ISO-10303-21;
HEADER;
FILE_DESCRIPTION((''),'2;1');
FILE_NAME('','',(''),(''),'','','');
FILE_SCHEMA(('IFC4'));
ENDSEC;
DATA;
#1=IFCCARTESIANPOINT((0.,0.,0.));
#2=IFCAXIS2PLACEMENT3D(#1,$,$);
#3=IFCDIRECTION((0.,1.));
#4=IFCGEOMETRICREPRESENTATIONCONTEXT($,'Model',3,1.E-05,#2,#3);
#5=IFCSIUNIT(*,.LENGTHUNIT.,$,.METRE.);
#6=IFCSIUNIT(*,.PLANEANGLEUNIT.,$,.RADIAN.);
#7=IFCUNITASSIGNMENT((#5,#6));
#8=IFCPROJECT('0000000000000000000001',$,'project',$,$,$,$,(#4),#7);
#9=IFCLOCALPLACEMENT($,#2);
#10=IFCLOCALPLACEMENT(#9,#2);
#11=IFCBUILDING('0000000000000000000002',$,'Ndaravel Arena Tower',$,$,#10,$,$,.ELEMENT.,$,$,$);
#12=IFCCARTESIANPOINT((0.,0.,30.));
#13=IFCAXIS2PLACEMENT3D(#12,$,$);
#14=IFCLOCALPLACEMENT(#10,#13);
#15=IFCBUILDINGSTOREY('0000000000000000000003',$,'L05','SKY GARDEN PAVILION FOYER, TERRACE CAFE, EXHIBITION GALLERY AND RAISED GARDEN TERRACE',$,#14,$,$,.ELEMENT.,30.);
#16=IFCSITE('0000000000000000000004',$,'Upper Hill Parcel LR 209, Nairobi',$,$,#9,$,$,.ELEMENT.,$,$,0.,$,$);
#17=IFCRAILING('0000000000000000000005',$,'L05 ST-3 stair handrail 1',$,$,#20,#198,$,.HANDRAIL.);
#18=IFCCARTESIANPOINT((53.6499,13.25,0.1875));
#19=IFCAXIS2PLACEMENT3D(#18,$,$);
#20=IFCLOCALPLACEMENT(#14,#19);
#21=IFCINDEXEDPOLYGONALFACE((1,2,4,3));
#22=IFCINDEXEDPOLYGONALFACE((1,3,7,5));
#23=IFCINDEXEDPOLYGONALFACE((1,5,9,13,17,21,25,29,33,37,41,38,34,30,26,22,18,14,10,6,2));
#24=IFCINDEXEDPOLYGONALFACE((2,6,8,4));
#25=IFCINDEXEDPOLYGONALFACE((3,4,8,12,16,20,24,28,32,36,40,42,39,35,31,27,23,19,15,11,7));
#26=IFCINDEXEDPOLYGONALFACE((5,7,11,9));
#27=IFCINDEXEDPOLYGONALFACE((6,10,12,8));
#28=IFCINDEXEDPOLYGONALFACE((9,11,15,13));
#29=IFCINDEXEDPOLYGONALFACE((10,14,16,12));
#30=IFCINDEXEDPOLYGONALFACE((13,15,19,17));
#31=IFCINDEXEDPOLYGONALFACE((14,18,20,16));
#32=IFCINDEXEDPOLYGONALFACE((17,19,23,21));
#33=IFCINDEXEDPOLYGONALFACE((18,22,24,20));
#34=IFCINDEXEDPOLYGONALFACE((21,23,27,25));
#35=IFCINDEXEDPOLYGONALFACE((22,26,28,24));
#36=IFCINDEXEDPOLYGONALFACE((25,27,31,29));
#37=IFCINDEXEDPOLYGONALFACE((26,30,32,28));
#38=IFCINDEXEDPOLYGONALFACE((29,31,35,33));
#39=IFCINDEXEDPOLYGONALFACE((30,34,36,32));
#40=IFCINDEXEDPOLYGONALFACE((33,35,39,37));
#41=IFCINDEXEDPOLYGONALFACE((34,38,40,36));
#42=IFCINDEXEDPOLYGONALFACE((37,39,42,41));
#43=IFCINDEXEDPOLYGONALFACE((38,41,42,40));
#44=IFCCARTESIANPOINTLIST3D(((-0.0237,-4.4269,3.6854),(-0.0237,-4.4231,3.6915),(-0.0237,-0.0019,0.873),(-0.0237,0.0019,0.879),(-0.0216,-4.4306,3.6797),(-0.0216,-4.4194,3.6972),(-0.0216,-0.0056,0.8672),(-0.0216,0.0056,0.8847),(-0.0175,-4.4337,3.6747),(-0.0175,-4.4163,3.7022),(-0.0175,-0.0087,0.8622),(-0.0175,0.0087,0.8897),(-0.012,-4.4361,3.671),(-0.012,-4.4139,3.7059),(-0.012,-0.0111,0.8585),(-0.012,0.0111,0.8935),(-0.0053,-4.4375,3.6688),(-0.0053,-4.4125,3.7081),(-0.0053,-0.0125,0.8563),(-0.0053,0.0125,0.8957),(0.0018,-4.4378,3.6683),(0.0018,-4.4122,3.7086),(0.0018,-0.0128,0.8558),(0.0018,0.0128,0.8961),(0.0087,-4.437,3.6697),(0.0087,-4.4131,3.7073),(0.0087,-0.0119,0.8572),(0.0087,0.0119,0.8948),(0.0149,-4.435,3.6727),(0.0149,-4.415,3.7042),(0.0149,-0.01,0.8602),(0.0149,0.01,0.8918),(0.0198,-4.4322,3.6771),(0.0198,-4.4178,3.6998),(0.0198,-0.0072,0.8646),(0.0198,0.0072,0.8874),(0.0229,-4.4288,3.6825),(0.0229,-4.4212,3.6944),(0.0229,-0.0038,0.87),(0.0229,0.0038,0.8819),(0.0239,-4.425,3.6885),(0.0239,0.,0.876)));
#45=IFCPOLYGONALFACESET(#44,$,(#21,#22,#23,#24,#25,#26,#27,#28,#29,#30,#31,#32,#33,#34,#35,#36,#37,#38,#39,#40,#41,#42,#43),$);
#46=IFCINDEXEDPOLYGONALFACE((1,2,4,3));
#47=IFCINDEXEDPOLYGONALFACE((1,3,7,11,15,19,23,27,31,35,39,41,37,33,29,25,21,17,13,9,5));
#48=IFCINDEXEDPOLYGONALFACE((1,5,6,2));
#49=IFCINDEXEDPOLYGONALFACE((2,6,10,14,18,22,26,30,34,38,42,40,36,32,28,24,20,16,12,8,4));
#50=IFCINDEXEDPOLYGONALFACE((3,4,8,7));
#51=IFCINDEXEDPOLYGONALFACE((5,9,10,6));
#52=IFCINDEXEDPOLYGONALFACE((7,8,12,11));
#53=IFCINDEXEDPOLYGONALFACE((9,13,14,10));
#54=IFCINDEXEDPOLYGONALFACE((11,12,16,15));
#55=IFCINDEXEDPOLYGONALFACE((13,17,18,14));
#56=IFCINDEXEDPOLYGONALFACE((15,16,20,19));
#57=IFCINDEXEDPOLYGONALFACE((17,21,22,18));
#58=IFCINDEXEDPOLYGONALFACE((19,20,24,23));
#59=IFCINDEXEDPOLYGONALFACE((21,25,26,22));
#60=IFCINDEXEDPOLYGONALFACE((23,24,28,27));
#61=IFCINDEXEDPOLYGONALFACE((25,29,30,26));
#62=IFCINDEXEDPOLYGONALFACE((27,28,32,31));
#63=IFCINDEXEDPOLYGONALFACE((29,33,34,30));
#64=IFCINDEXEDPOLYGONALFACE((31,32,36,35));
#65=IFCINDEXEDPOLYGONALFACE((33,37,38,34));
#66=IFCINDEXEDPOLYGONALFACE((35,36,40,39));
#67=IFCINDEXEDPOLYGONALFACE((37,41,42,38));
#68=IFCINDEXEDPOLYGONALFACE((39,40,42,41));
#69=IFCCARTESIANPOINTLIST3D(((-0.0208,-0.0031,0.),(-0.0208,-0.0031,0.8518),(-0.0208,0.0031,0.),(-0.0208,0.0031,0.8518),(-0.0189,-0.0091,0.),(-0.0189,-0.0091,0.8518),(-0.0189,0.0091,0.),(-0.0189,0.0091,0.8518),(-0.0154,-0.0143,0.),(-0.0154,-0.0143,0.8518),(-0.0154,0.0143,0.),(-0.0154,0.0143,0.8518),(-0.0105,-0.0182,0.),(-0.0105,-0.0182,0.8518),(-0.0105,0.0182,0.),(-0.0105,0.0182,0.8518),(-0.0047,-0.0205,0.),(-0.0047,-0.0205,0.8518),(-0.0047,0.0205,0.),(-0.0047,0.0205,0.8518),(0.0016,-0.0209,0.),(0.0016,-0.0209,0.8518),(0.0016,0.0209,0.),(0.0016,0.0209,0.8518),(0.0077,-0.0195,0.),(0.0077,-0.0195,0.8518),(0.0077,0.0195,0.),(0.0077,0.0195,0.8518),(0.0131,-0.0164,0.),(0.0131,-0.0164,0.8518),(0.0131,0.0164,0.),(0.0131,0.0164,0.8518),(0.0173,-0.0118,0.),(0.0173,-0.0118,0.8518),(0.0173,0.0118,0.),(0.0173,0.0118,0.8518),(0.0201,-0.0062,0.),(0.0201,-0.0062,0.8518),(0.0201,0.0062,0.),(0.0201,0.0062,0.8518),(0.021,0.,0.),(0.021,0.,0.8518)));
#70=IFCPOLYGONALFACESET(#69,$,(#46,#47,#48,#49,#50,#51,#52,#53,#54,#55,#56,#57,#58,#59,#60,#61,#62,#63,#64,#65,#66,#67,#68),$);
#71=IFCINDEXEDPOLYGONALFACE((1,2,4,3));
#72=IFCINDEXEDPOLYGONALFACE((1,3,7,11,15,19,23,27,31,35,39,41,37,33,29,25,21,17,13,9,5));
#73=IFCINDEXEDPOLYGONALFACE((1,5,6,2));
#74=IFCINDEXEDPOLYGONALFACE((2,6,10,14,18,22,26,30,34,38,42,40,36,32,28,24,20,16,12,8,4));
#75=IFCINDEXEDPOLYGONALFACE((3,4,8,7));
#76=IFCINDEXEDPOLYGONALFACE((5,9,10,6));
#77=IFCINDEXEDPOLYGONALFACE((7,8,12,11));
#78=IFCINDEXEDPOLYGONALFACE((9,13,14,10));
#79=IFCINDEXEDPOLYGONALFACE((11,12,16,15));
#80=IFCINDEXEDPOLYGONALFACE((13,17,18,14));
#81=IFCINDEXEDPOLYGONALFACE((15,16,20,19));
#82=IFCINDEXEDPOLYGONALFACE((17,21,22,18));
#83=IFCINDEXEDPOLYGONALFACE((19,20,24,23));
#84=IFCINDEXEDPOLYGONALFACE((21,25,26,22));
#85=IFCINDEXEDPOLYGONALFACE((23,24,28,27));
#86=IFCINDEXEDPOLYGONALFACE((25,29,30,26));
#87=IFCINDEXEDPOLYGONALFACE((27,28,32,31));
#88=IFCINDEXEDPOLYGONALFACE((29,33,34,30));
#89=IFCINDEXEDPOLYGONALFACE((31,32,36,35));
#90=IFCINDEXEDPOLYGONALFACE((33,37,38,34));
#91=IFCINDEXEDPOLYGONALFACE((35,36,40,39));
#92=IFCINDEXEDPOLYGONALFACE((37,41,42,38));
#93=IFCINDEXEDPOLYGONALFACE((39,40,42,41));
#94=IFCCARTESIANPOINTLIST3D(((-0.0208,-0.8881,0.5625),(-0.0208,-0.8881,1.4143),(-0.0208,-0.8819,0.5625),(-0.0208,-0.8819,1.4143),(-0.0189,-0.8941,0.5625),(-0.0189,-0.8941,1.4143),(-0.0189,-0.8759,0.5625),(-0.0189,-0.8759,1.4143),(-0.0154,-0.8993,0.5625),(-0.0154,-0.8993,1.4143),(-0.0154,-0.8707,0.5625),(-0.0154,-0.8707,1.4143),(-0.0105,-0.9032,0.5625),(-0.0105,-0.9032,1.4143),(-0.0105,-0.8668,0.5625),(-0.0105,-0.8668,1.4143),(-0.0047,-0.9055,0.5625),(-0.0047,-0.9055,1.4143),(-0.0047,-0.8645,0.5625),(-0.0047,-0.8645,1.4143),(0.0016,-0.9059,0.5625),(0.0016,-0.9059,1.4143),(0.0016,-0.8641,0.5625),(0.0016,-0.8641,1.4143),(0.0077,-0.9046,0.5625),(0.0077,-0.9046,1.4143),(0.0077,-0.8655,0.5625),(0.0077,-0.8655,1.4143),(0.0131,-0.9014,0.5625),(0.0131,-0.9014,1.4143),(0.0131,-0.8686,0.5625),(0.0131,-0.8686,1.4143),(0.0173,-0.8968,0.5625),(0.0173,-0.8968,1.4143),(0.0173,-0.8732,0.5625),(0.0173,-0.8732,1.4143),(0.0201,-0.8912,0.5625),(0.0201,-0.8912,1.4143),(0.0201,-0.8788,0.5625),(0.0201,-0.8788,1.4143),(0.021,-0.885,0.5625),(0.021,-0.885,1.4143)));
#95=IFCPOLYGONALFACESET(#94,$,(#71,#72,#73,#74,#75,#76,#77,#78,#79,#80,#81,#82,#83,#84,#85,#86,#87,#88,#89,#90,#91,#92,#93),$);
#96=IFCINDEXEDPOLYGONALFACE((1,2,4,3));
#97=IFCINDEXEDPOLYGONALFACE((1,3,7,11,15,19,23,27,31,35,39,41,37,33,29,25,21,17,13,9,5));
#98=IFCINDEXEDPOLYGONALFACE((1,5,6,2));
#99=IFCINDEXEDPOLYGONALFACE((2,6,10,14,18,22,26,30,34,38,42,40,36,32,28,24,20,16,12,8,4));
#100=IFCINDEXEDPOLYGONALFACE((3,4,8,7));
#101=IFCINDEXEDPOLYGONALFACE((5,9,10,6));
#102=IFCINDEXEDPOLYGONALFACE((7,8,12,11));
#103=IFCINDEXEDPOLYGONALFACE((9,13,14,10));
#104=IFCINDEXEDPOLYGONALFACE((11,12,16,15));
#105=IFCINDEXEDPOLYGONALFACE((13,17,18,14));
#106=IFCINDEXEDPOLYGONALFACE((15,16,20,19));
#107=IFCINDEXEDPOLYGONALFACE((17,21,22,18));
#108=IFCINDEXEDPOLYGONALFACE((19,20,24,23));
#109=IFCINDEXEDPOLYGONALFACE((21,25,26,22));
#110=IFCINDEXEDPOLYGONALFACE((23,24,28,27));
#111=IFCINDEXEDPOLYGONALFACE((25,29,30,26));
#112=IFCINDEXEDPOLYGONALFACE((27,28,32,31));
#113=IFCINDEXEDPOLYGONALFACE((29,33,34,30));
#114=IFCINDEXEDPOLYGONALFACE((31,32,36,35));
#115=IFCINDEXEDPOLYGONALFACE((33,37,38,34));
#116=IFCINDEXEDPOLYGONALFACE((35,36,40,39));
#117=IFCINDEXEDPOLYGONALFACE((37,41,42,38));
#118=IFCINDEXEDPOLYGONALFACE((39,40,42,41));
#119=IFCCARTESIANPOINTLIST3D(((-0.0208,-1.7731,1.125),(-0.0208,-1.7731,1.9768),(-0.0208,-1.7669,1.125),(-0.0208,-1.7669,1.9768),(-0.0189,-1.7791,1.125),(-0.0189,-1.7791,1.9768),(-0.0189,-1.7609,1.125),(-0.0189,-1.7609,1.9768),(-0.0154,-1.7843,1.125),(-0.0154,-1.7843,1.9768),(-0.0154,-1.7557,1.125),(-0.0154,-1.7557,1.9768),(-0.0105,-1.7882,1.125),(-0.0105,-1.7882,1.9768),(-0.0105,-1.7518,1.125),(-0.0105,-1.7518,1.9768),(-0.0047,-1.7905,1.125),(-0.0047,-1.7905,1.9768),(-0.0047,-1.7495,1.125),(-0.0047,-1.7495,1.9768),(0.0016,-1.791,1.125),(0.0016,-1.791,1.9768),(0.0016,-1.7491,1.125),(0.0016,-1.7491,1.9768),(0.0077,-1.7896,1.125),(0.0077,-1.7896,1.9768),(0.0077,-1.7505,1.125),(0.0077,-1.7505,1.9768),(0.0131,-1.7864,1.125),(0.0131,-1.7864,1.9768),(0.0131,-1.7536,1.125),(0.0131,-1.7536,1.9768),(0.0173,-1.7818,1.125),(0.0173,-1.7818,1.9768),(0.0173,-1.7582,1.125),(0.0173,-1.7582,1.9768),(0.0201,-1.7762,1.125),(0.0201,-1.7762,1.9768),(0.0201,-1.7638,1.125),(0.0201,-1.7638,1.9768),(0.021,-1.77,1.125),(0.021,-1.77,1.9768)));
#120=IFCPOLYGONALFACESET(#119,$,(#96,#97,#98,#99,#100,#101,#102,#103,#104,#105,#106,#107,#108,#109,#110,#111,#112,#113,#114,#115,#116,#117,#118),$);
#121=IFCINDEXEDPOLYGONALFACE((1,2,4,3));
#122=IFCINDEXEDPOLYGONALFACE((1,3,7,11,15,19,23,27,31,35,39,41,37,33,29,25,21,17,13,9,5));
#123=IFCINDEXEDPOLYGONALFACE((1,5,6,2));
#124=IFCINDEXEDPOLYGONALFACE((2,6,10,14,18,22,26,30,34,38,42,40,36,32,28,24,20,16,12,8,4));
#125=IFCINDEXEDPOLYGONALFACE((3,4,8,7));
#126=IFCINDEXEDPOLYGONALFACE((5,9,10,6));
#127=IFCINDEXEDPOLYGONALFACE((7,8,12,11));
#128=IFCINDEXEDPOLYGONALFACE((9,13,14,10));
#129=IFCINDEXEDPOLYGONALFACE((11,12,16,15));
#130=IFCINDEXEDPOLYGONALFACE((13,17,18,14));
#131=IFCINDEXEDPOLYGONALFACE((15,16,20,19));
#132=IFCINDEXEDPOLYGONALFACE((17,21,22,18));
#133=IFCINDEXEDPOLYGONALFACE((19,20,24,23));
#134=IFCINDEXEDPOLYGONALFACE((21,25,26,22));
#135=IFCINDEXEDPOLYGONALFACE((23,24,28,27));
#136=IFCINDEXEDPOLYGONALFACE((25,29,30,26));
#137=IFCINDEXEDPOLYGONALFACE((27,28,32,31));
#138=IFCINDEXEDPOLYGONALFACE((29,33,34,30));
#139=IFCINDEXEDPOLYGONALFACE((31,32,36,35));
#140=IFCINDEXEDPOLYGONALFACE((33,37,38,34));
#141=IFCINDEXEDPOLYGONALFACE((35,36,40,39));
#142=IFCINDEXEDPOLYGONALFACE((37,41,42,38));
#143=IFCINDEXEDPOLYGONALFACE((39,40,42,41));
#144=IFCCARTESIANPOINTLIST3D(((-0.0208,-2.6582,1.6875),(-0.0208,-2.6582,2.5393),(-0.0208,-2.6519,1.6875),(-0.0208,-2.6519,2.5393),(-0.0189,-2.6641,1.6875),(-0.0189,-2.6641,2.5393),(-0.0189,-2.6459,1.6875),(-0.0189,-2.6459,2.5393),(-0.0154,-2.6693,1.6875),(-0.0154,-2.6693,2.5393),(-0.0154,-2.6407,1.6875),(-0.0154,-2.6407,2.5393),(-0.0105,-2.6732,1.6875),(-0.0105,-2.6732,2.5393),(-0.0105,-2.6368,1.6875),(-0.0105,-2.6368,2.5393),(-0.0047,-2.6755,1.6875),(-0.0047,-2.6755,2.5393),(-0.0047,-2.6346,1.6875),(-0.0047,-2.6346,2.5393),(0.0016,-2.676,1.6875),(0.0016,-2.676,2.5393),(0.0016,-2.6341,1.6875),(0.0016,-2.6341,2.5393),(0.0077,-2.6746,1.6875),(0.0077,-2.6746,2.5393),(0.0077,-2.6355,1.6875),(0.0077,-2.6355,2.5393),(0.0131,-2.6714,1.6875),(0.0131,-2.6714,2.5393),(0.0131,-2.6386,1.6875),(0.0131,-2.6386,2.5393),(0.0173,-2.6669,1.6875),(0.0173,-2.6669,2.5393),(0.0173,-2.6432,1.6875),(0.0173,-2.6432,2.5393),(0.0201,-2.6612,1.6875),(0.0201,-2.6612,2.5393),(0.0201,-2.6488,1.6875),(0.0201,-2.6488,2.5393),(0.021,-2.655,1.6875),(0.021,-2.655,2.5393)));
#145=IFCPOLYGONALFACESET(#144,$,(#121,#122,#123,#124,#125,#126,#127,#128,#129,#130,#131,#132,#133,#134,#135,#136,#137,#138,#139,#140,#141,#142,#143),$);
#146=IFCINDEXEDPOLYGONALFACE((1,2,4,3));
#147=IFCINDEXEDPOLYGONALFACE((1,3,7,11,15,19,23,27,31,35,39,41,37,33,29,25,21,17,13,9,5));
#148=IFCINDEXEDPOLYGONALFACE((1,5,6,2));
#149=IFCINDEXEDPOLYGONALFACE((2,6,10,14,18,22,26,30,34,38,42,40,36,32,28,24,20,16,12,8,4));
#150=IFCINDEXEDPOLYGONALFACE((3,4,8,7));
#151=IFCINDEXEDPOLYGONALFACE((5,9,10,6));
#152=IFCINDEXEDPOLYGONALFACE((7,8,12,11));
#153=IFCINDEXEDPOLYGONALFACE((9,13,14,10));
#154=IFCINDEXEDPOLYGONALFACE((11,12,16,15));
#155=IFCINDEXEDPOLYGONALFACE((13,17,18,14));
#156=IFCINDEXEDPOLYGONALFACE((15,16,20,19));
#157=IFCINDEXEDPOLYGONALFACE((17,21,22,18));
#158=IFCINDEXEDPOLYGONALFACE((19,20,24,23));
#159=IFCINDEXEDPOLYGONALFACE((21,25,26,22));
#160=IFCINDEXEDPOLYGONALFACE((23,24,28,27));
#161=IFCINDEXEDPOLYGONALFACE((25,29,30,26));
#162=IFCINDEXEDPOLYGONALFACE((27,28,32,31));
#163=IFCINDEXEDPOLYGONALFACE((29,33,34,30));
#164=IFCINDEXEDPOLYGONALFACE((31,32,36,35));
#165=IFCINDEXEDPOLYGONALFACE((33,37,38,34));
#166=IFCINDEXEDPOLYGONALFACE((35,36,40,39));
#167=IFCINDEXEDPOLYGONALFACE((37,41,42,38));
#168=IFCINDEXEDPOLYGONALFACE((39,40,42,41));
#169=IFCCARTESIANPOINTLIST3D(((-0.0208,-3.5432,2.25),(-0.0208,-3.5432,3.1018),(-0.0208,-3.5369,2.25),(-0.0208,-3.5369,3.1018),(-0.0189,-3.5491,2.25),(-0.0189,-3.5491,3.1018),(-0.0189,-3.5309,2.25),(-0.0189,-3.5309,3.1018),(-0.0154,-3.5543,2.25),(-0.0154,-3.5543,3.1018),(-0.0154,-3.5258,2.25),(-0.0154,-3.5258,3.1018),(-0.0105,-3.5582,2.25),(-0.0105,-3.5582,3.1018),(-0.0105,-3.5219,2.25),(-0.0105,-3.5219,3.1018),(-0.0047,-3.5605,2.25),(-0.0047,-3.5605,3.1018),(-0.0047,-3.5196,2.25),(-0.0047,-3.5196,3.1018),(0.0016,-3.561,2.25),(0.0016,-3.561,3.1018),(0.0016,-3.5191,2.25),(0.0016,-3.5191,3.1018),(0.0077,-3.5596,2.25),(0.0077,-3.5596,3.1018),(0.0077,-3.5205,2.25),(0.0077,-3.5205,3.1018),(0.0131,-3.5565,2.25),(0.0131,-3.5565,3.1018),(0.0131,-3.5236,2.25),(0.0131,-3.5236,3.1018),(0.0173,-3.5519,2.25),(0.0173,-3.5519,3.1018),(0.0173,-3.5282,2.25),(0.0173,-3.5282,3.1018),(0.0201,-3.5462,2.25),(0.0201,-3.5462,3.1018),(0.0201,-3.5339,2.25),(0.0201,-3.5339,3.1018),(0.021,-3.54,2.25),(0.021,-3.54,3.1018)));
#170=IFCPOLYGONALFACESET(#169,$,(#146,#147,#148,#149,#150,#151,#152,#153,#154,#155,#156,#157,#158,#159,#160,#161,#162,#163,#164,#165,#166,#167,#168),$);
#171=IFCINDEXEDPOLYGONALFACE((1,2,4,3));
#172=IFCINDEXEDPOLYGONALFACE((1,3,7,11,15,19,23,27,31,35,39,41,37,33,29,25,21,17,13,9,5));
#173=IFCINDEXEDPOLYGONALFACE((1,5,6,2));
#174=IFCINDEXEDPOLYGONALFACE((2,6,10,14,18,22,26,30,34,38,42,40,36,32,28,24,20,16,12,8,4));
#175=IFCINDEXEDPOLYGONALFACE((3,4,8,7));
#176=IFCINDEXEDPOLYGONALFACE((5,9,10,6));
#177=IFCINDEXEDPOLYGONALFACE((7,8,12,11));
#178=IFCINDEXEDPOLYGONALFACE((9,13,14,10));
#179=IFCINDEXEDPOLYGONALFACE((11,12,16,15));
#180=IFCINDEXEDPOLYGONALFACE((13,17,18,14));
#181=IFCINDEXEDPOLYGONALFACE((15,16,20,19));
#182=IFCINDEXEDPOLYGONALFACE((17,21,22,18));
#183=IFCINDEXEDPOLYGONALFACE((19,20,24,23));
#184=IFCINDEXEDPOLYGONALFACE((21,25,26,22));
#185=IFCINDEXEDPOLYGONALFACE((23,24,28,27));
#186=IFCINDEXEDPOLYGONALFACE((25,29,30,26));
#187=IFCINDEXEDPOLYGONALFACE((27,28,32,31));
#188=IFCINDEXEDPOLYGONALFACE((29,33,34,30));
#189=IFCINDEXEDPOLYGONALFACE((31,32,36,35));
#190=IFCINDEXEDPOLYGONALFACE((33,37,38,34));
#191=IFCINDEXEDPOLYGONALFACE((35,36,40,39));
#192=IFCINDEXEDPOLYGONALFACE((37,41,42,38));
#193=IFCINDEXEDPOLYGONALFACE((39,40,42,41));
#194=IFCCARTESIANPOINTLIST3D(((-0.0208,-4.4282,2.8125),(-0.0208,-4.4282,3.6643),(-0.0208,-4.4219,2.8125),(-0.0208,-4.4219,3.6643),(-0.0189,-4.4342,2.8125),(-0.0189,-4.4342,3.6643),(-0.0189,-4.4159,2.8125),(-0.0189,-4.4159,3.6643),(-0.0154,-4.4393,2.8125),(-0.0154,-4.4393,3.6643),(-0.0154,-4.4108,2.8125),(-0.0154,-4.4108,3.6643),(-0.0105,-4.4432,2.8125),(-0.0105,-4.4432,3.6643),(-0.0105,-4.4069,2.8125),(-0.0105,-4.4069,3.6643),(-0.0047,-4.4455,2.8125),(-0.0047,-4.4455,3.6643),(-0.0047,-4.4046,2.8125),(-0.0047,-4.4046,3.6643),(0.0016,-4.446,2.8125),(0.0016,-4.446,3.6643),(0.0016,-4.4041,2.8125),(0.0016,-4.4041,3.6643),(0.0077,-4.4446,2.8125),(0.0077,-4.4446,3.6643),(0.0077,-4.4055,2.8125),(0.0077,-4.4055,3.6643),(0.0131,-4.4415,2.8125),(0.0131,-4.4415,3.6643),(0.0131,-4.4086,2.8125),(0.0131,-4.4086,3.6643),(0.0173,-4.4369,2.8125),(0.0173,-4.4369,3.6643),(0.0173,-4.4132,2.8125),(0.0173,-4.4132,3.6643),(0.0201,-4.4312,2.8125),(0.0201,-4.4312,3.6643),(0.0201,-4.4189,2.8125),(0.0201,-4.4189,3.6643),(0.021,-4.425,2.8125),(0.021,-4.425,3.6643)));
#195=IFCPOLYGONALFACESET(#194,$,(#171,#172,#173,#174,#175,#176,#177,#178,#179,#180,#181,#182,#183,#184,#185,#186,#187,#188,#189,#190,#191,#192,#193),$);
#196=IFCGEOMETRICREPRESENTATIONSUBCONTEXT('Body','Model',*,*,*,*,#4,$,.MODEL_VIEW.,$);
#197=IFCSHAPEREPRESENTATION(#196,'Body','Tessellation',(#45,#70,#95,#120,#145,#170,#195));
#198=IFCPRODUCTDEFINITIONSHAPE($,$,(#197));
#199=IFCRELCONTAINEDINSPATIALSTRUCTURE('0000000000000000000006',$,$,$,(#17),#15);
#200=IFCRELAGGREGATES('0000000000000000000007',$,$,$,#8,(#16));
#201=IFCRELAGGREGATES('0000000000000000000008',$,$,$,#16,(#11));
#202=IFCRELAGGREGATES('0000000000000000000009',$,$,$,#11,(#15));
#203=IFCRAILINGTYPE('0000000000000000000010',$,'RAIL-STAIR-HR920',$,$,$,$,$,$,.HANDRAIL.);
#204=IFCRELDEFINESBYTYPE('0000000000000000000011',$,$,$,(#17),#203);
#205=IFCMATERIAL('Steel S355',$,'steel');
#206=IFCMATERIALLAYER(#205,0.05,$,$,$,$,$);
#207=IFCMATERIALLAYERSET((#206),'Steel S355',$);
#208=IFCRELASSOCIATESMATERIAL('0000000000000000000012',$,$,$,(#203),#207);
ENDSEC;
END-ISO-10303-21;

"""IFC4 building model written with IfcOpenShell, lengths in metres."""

from ifc_helpers import new_model, si_unit, direction, frame, origin, origin_2d, place, context, subcontext, project, spatial, circle, extrude, material, layer, layer_set, type_object, element, save


model = new_model("IFC4")

# Units and contexts
model_context = context("Model", 3, precision=1e-05, world=origin(), true_north=direction((0.0, 1.0)))
body_context = subcontext(model_context, "Body", "Model", "MODEL_VIEW")
ifc_project = project(units=[si_unit("LENGTHUNIT", "METRE"), si_unit("PLANEANGLEUNIT", "RADIAN")], contexts=[model_context])

# Site, building, storey
site_placement = place(None, origin())
site = spatial("IfcSite", under=ifc_project, at=site_placement, Name="Upper Hill Parcel LR 209, Nairobi", CompositionType="ELEMENT", RefElevation=0.0)
building_placement = place(site_placement, origin())
building = spatial("IfcBuilding", under=site, at=building_placement, Name="Ndaravel Arena Tower", CompositionType="ELEMENT")
storey_placement = place(building_placement, frame((0.0, 0.0, 30.0)))
storey = spatial("IfcBuildingStorey", under=building, at=storey_placement, Name="L05", Description="SKY GARDEN PAVILION FOYER, TERRACE CAFE, EXHIBITION GALLERY AND RAISED GARDEN TERRACE", CompositionType="ELEMENT", Elevation=30.0)

# Railing
ifc_material_1 = material(Name="Steel S355", Category="steel")
ifc_layer_1 = layer(ifc_material_1, 0.05)
ifc_layer_set_1 = layer_set([ifc_layer_1], Name="Steel S355")
railing_type_1 = type_object("IfcRailingType", Name="RAIL-STAIR-HR920", PredefinedType="HANDRAIL", material=ifc_layer_set_1)
railing_1_placement = place(storey_placement, frame((53.6499, 13.25, 0.1875)))
element("IfcRailing", 1, at=railing_1_placement, inside=storey, type_object=railing_type_1, Name="L05 ST-3 stair handrail 1", PredefinedType="HANDRAIL", context=body_context, shape_type="SweptSolid", body=[
    extrude(circle(Radius=0.0239, at=origin_2d()), frame((0.0, 0.0, 0.876), z_axis=(0.0, -0.843959, 0.536408), x_axis=(1.0, 0.0, 0.0)), (0.0, 0.0, 1.0), 5.2432),
    extrude(circle(Radius=0.021, at=origin_2d()), origin(), (0.0, 0.0, 1.0), 0.8518),
    extrude(circle(Radius=0.021, at=origin_2d()), frame((0.0, -0.885, 0.5625)), (0.0, 0.0, 1.0), 0.8518),
    extrude(circle(Radius=0.021, at=origin_2d()), frame((0.0, -1.77, 1.125)), (0.0, 0.0, 1.0), 0.8518),
    extrude(circle(Radius=0.021, at=origin_2d()), frame((0.0, -2.655, 1.6875)), (0.0, 0.0, 1.0), 0.8518),
    extrude(circle(Radius=0.021, at=origin_2d()), frame((0.0, -3.54, 2.25)), (0.0, 0.0, 1.0), 0.8518),
    extrude(circle(Radius=0.021, at=origin_2d()), frame((0.0, -4.425, 2.8125)), (0.0, 0.0, 1.0), 0.8518),
])

save(model, "model.ifc")
